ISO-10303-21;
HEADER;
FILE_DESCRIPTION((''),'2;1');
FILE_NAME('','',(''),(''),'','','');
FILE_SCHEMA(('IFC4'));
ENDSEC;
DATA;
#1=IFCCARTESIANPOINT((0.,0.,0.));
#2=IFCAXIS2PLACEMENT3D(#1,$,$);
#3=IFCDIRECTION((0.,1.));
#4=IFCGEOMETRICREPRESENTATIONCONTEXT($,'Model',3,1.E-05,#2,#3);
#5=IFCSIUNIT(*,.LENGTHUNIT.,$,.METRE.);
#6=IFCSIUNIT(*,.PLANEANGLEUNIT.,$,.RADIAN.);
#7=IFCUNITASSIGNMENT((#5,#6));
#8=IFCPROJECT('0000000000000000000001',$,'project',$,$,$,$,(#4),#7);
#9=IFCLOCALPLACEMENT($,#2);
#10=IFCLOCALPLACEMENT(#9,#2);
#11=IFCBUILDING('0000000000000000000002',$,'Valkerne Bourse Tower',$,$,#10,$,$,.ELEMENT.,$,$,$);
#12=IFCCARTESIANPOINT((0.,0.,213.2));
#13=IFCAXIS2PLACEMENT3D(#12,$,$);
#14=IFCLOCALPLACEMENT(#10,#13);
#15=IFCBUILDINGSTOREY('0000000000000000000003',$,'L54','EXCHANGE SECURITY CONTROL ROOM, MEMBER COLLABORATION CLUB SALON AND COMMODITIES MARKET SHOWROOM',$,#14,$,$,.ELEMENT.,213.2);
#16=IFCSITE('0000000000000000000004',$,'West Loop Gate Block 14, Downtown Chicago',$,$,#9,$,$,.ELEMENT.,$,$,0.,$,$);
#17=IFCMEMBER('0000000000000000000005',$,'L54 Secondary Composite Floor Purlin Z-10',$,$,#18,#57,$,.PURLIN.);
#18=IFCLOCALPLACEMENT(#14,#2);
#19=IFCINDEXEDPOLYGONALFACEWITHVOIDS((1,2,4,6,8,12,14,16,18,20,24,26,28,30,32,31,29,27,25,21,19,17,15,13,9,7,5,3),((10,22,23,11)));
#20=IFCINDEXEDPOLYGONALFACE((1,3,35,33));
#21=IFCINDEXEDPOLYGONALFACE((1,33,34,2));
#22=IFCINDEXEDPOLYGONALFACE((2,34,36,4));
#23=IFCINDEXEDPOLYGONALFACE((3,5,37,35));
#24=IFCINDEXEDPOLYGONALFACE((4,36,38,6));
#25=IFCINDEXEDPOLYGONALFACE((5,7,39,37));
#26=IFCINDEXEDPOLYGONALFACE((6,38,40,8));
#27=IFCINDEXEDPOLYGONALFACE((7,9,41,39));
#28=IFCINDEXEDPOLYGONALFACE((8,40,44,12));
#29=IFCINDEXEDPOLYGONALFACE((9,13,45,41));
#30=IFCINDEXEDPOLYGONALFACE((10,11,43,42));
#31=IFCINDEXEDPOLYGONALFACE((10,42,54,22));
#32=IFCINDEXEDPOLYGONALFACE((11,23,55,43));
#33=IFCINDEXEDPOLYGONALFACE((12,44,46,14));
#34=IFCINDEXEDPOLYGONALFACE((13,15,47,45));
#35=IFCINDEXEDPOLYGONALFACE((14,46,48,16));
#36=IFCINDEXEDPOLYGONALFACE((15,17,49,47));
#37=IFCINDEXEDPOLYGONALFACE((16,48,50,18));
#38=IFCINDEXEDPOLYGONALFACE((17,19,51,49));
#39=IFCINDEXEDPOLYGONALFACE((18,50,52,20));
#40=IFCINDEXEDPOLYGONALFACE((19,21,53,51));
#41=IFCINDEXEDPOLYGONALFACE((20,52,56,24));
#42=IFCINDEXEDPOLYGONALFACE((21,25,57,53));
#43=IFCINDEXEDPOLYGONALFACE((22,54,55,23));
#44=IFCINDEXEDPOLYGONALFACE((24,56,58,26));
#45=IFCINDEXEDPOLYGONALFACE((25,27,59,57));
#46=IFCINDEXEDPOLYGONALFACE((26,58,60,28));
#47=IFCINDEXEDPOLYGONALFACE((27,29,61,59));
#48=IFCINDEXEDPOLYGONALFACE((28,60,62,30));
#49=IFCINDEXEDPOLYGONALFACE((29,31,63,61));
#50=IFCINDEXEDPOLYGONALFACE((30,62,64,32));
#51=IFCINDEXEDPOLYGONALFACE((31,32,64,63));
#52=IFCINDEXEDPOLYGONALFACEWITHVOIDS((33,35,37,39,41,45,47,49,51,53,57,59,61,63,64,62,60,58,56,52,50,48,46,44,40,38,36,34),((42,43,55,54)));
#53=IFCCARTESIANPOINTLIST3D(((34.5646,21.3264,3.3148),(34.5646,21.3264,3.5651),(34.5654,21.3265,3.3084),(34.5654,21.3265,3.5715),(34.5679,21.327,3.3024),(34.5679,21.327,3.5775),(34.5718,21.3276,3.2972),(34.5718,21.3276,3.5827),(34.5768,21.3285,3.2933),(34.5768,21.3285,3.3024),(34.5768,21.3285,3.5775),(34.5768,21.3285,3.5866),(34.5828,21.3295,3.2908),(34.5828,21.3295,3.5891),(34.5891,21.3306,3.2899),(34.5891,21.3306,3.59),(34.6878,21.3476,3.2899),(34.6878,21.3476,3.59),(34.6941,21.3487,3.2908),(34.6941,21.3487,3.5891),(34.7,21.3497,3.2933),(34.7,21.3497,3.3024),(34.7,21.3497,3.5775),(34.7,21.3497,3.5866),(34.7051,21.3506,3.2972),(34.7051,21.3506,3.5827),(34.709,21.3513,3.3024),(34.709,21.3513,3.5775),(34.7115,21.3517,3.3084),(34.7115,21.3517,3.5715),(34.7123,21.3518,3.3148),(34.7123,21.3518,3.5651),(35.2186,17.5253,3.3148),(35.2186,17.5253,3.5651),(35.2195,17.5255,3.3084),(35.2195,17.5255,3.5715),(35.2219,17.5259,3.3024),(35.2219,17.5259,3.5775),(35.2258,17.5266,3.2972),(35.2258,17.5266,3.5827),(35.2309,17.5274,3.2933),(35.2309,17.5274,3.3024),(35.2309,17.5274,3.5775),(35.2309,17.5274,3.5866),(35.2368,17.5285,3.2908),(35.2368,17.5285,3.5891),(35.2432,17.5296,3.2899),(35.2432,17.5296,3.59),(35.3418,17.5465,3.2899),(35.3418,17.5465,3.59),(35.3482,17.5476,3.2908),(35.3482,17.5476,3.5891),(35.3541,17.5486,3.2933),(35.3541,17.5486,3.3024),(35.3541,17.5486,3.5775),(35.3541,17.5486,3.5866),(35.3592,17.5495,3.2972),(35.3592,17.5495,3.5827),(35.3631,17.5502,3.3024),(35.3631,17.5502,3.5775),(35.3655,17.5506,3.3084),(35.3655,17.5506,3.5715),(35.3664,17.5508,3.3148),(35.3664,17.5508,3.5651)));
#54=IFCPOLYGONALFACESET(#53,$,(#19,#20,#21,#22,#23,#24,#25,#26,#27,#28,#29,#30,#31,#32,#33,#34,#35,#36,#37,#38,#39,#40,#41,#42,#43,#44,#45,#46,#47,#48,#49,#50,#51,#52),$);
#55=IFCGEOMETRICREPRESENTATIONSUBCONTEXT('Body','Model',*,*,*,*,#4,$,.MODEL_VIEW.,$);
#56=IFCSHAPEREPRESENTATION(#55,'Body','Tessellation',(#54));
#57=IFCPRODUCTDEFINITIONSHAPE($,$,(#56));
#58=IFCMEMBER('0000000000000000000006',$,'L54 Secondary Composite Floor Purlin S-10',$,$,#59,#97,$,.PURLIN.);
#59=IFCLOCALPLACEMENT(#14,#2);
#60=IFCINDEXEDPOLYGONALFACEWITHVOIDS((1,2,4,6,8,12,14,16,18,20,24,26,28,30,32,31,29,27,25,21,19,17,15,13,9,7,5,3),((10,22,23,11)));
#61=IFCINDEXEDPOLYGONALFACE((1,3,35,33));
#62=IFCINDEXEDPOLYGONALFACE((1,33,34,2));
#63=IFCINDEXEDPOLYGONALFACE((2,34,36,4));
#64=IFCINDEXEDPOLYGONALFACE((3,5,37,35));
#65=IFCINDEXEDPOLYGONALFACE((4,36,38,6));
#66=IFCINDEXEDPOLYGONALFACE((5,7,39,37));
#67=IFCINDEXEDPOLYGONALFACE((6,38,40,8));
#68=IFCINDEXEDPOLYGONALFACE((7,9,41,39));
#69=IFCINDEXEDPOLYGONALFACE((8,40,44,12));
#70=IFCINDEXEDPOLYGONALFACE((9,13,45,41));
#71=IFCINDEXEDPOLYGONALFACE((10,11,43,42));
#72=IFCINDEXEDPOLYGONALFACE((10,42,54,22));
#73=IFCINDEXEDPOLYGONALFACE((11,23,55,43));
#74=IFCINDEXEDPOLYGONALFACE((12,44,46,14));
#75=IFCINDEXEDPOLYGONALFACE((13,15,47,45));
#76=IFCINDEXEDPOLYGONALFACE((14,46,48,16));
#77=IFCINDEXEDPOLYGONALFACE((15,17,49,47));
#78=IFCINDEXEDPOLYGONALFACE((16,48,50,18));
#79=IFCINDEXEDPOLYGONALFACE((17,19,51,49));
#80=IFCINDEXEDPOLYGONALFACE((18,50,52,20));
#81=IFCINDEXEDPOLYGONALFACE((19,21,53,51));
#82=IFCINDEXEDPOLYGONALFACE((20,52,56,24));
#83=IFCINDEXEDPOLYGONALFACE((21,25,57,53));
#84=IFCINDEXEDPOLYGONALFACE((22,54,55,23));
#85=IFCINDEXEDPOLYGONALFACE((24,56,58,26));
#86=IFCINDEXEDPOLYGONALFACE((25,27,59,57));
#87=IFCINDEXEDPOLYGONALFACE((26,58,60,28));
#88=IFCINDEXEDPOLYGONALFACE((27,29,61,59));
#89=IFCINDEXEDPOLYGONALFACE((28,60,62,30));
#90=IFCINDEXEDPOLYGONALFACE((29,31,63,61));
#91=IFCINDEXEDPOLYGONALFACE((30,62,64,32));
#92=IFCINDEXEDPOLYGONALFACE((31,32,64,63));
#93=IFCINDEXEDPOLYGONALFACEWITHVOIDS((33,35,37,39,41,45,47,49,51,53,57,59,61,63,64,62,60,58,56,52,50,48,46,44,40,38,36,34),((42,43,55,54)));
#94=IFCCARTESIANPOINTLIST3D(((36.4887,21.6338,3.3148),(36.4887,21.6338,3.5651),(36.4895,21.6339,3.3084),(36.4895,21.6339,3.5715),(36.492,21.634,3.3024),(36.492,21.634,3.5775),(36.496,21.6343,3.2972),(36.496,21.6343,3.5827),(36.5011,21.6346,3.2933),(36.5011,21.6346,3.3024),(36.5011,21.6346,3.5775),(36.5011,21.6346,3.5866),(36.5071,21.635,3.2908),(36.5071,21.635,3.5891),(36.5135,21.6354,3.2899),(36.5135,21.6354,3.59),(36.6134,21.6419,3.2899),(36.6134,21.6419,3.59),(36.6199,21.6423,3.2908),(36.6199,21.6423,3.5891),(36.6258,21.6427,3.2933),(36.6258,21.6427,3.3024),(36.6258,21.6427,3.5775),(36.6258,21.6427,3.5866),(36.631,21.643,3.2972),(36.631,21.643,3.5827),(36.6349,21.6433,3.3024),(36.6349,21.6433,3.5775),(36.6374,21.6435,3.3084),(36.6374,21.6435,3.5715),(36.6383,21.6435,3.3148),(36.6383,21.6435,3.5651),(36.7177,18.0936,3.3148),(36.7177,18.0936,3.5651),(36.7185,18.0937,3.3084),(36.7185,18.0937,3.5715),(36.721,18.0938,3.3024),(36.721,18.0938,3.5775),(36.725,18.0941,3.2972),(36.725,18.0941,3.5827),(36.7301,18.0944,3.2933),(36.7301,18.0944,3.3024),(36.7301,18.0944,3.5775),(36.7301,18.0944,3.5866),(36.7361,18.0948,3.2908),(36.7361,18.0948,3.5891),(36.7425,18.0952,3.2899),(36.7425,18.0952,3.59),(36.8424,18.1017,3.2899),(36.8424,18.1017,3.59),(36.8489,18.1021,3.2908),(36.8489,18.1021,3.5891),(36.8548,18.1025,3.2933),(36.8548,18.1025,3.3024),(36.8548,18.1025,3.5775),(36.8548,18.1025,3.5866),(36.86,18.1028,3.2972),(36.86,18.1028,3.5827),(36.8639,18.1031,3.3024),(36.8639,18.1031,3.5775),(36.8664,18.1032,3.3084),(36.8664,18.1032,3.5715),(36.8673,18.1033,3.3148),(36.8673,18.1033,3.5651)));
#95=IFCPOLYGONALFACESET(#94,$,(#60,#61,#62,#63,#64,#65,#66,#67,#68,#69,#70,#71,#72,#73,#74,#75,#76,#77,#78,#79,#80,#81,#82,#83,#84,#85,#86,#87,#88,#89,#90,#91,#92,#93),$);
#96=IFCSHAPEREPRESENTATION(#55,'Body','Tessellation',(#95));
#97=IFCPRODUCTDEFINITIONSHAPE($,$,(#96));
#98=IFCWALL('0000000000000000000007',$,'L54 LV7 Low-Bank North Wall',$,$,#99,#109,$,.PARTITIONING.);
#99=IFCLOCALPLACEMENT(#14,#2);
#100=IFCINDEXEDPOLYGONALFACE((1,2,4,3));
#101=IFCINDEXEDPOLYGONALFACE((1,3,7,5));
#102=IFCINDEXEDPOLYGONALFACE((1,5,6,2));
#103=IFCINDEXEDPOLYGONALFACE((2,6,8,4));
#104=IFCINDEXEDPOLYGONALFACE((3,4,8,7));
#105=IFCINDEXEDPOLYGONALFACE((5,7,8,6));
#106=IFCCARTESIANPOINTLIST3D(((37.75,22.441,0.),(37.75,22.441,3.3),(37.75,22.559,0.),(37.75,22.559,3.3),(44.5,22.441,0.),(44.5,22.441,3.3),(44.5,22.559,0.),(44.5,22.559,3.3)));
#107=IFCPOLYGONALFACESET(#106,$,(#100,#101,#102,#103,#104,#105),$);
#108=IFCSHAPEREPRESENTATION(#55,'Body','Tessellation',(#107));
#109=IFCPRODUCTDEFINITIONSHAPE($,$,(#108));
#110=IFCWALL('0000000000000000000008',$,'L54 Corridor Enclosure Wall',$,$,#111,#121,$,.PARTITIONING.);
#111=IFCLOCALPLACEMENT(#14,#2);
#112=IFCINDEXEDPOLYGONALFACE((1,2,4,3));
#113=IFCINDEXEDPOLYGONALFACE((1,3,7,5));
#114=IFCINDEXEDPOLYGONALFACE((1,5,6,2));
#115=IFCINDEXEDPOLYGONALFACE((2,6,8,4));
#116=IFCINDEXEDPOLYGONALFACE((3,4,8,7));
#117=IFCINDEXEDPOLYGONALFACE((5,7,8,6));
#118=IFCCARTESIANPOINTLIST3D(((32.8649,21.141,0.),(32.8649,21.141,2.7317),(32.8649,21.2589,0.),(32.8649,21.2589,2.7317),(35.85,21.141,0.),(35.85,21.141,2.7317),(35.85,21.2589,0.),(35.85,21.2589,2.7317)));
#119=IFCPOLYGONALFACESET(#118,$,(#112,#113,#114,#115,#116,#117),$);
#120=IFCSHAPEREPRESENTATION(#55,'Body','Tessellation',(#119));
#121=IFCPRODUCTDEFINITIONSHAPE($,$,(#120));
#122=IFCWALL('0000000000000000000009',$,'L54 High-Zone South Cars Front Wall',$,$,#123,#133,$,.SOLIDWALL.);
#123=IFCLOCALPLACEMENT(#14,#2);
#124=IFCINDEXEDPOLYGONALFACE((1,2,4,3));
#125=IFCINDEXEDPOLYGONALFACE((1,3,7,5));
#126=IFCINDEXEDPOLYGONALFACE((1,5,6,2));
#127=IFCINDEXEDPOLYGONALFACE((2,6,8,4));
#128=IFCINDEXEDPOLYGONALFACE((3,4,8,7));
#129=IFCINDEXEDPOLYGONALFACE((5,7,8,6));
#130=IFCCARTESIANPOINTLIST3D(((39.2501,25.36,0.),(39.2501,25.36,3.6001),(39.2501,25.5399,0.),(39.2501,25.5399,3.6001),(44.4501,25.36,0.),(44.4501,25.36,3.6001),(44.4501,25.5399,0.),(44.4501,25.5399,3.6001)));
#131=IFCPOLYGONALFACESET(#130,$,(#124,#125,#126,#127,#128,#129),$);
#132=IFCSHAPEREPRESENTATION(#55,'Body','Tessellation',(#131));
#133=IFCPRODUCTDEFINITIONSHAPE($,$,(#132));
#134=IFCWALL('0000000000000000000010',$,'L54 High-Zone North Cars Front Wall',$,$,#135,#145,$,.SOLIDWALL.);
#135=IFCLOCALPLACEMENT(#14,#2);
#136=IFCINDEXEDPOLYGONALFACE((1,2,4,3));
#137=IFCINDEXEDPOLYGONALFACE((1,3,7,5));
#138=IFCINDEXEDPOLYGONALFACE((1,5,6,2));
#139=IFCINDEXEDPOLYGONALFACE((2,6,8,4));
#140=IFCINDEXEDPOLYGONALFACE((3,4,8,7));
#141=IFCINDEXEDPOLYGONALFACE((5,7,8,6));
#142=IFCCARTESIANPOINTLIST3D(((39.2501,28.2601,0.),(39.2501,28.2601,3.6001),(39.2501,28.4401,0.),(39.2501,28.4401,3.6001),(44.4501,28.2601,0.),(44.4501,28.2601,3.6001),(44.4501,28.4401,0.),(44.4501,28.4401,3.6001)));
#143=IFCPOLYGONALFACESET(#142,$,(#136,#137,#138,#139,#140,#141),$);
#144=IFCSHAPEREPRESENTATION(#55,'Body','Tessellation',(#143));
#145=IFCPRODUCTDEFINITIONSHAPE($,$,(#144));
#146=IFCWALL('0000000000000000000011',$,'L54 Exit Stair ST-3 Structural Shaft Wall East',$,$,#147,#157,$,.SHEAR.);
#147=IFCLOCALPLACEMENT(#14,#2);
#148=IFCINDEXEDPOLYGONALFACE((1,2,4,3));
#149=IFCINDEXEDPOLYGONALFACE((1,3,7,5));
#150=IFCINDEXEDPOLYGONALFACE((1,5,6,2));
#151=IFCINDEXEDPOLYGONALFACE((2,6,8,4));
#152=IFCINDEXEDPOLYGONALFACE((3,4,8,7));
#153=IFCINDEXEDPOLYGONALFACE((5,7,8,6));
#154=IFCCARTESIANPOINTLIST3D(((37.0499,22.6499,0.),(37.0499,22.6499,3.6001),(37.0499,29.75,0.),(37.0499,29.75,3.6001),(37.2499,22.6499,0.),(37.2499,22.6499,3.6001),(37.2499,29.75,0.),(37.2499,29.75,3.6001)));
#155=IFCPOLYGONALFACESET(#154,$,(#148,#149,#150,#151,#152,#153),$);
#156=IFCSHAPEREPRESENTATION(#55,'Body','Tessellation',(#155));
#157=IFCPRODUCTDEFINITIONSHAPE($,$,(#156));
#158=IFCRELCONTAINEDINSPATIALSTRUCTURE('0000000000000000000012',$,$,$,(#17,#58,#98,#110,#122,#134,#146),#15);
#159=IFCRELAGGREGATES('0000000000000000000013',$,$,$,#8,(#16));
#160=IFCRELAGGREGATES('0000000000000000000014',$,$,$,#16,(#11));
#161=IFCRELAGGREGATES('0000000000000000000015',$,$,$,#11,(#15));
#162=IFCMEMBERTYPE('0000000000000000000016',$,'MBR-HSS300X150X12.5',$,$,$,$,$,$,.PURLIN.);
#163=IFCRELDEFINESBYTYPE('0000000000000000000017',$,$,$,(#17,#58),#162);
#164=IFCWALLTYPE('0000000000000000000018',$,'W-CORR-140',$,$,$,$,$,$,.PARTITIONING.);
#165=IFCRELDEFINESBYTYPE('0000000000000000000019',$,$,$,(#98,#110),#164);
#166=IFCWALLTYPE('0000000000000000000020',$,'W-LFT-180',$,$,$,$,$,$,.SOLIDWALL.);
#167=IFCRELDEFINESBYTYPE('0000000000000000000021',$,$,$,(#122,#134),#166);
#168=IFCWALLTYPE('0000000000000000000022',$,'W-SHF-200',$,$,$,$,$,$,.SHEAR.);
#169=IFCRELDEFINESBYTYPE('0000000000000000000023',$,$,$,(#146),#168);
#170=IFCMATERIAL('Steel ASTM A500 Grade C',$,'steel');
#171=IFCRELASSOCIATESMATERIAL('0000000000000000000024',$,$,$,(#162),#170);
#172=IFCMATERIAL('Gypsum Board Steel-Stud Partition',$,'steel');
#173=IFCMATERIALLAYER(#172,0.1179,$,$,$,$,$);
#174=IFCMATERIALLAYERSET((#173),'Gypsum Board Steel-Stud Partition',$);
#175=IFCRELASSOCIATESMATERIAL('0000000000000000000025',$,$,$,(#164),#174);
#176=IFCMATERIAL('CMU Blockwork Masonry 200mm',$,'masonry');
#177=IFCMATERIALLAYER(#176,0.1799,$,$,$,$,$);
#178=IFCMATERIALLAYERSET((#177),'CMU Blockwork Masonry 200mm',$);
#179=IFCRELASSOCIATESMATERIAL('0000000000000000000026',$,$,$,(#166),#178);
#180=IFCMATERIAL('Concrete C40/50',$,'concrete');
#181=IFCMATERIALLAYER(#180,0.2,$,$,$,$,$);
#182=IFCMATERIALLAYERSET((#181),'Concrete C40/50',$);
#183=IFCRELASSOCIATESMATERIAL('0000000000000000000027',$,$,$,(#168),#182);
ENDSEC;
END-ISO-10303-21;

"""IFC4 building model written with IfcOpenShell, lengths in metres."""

from ifc_helpers import new_model, si_unit, direction, frame, frame_2d, origin, origin_2d, place, context, subcontext, project, spatial, rectangle, hollow_rectangle, extrude, material, layer, layer_set, material_profile, profile_set, type_object, element, save


model = new_model("IFC4")

# Units and contexts
model_context = context("Model", 3, precision=1e-05, world=origin(), true_north=direction((0.0, 1.0)))
body_context = subcontext(model_context, "Body", "Model", "MODEL_VIEW")
ifc_project = project(units=[si_unit("LENGTHUNIT", "METRE"), si_unit("PLANEANGLEUNIT", "RADIAN")], contexts=[model_context])

# Site, building, storey
site_placement = place(None, origin())
site = spatial("IfcSite", under=ifc_project, at=site_placement, Name="West Loop Gate Block 14, Downtown Chicago", CompositionType="ELEMENT", RefElevation=0.0)
building_placement = place(site_placement, origin())
building = spatial("IfcBuilding", under=site, at=building_placement, Name="Valkerne Bourse Tower", CompositionType="ELEMENT")
storey_placement = place(building_placement, frame((0.0, 0.0, 213.2)))
storey = spatial("IfcBuildingStorey", under=building, at=storey_placement, Name="L54", Description="EXCHANGE SECURITY CONTROL ROOM, MEMBER COLLABORATION CLUB SALON AND COMMODITIES MARKET SHOWROOM", CompositionType="ELEMENT", Elevation=213.2)

# Members
ifc_material_1 = material(Name="Steel ASTM A500 Grade C", Category="steel")
ifc_material_profile_1 = material_profile(ifc_material_1, hollow_rectangle(XDim=0.1499, YDim=0.3, WallThickness=0.0125, OuterFilletRadius=0.0249, at=origin_2d()), Name="HSS300X150X12.5")
ifc_profile_set_1 = profile_set([ifc_material_profile_1], Name="Steel ASTM A500 Grade C")
member_type = type_object("IfcMemberType", Name="MBR-HSS300X150X12.5", PredefinedType="PURLIN", material=ifc_profile_set_1)
member_1_placement = place(storey_placement, frame((34.6384, 21.3391, 3.4399), z_axis=(0.16958, -0.985516, 0.0), x_axis=(0.985516, 0.16958, 0.0)))
element("IfcMember", 1, at=member_1_placement, inside=storey, type_object=member_type, Name="L54 Secondary Composite Floor Purlin Z-10", PredefinedType="PURLIN", context=body_context, shape_type="SweptSolid", body=[
    extrude(hollow_rectangle(XDim=0.1499, YDim=0.3, WallThickness=0.0125, OuterFilletRadius=0.0249, at=origin_2d()), origin(), (0.0, 0.0, 1.0), 3.8569),
])
member_2_placement = place(storey_placement, frame((36.5635, 21.6387, 3.4399), z_axis=(0.06455, -0.997914, 0.0), x_axis=(0.997914, 0.06455, 0.0)))
element("IfcMember", 2, at=member_2_placement, inside=storey, type_object=member_type, Name="L54 Secondary Composite Floor Purlin S-10", PredefinedType="PURLIN", context=body_context, shape_type="SweptSolid", body=[
    extrude(hollow_rectangle(XDim=0.1499, YDim=0.3, WallThickness=0.0125, OuterFilletRadius=0.0249, at=origin_2d()), origin(), (0.0, 0.0, 1.0), 3.5476),
])

# Walls
ifc_material_2 = material(Name="Gypsum Board Steel-Stud Partition", Category="steel")
ifc_layer_1 = layer(ifc_material_2, 0.1179)
ifc_layer_set_1 = layer_set([ifc_layer_1], Name="Gypsum Board Steel-Stud Partition")
wall_type_1 = type_object("IfcWallType", Name="W-CORR-140", PredefinedType="PARTITIONING", material=ifc_layer_set_1)
wall_1_placement = place(storey_placement, frame((37.75, 22.5, 0.0), z_axis=(0.0, 0.0, 1.0), x_axis=(1.0, 0.0, 0.0)))
element("IfcWall", 3, at=wall_1_placement, inside=storey, type_object=wall_type_1, Name="L54 LV7 Low-Bank North Wall", PredefinedType="PARTITIONING", context=body_context, shape_type="SweptSolid", body=[
    extrude(rectangle(XDim=6.75, YDim=0.1179, at=frame_2d((3.375, 0.0))), origin(), (0.0, 0.0, 1.0), 3.3),
])
wall_2_placement = place(storey_placement, frame((35.8501, 21.2, 0.0), z_axis=(0.0, 0.0, 1.0), x_axis=(-1.0, 0.0, 0.0)))
element("IfcWall", 4, at=wall_2_placement, inside=storey, type_object=wall_type_1, Name="L54 Corridor Enclosure Wall", PredefinedType="PARTITIONING", context=body_context, shape_type="SweptSolid", body=[
    extrude(rectangle(XDim=2.9851, YDim=0.1179, at=frame_2d((1.4927, 0.0))), origin(), (0.0, 0.0, 1.0), 2.7317),
])
ifc_material_3 = material(Name="CMU Blockwork Masonry 200mm", Category="masonry")
ifc_layer_2 = layer(ifc_material_3, 0.1799)
ifc_layer_set_2 = layer_set([ifc_layer_2], Name="CMU Blockwork Masonry 200mm")
wall_type_2 = type_object("IfcWallType", Name="W-LFT-180", PredefinedType="SOLIDWALL", material=ifc_layer_set_2)
for number, where, z_axis, x_axis, name in (
    (5, (39.25, 25.45, 0.0), (0.0, 0.0, 1.0), (1.0, 0.0, 0.0), "L54 High-Zone South Cars Front Wall"),
    (6, (39.25, 28.3501, 0.0), (0.0, 0.0, 1.0), (1.0, 0.0, 0.0), "L54 High-Zone North Cars Front Wall"),
):
    element("IfcWall", number, at=place(storey_placement, frame(where, z_axis=z_axis, x_axis=x_axis)), inside=storey, type_object=wall_type_2, Name=name, PredefinedType="SOLIDWALL", context=body_context, shape_type="SweptSolid", body=[
        extrude(rectangle(XDim=5.2, YDim=0.1799, at=frame_2d((2.6001, 0.0))), origin(), (0.0, 0.0, 1.0), 3.6001),
    ])
ifc_material_4 = material(Name="Concrete C40/50", Category="concrete")
ifc_layer_3 = layer(ifc_material_4, 0.2)
ifc_layer_set_3 = layer_set([ifc_layer_3], Name="Concrete C40/50")
wall_type_3 = type_object("IfcWallType", Name="W-SHF-200", PredefinedType="SHEAR", material=ifc_layer_set_3)
wall_3_placement = place(storey_placement, frame((37.1499, 22.6499, 0.0), z_axis=(0.0, 0.0, 1.0), x_axis=(0.0, 1.0, 0.0)))
element("IfcWall", 7, at=wall_3_placement, inside=storey, type_object=wall_type_3, Name="L54 Exit Stair ST-3 Structural Shaft Wall East", PredefinedType="SHEAR", context=body_context, shape_type="SweptSolid", body=[
    extrude(rectangle(XDim=7.1001, YDim=0.2, at=frame_2d((3.55, 0.0))), origin(), (0.0, 0.0, 1.0), 3.6001),
])

save(model, "model.ifc")
